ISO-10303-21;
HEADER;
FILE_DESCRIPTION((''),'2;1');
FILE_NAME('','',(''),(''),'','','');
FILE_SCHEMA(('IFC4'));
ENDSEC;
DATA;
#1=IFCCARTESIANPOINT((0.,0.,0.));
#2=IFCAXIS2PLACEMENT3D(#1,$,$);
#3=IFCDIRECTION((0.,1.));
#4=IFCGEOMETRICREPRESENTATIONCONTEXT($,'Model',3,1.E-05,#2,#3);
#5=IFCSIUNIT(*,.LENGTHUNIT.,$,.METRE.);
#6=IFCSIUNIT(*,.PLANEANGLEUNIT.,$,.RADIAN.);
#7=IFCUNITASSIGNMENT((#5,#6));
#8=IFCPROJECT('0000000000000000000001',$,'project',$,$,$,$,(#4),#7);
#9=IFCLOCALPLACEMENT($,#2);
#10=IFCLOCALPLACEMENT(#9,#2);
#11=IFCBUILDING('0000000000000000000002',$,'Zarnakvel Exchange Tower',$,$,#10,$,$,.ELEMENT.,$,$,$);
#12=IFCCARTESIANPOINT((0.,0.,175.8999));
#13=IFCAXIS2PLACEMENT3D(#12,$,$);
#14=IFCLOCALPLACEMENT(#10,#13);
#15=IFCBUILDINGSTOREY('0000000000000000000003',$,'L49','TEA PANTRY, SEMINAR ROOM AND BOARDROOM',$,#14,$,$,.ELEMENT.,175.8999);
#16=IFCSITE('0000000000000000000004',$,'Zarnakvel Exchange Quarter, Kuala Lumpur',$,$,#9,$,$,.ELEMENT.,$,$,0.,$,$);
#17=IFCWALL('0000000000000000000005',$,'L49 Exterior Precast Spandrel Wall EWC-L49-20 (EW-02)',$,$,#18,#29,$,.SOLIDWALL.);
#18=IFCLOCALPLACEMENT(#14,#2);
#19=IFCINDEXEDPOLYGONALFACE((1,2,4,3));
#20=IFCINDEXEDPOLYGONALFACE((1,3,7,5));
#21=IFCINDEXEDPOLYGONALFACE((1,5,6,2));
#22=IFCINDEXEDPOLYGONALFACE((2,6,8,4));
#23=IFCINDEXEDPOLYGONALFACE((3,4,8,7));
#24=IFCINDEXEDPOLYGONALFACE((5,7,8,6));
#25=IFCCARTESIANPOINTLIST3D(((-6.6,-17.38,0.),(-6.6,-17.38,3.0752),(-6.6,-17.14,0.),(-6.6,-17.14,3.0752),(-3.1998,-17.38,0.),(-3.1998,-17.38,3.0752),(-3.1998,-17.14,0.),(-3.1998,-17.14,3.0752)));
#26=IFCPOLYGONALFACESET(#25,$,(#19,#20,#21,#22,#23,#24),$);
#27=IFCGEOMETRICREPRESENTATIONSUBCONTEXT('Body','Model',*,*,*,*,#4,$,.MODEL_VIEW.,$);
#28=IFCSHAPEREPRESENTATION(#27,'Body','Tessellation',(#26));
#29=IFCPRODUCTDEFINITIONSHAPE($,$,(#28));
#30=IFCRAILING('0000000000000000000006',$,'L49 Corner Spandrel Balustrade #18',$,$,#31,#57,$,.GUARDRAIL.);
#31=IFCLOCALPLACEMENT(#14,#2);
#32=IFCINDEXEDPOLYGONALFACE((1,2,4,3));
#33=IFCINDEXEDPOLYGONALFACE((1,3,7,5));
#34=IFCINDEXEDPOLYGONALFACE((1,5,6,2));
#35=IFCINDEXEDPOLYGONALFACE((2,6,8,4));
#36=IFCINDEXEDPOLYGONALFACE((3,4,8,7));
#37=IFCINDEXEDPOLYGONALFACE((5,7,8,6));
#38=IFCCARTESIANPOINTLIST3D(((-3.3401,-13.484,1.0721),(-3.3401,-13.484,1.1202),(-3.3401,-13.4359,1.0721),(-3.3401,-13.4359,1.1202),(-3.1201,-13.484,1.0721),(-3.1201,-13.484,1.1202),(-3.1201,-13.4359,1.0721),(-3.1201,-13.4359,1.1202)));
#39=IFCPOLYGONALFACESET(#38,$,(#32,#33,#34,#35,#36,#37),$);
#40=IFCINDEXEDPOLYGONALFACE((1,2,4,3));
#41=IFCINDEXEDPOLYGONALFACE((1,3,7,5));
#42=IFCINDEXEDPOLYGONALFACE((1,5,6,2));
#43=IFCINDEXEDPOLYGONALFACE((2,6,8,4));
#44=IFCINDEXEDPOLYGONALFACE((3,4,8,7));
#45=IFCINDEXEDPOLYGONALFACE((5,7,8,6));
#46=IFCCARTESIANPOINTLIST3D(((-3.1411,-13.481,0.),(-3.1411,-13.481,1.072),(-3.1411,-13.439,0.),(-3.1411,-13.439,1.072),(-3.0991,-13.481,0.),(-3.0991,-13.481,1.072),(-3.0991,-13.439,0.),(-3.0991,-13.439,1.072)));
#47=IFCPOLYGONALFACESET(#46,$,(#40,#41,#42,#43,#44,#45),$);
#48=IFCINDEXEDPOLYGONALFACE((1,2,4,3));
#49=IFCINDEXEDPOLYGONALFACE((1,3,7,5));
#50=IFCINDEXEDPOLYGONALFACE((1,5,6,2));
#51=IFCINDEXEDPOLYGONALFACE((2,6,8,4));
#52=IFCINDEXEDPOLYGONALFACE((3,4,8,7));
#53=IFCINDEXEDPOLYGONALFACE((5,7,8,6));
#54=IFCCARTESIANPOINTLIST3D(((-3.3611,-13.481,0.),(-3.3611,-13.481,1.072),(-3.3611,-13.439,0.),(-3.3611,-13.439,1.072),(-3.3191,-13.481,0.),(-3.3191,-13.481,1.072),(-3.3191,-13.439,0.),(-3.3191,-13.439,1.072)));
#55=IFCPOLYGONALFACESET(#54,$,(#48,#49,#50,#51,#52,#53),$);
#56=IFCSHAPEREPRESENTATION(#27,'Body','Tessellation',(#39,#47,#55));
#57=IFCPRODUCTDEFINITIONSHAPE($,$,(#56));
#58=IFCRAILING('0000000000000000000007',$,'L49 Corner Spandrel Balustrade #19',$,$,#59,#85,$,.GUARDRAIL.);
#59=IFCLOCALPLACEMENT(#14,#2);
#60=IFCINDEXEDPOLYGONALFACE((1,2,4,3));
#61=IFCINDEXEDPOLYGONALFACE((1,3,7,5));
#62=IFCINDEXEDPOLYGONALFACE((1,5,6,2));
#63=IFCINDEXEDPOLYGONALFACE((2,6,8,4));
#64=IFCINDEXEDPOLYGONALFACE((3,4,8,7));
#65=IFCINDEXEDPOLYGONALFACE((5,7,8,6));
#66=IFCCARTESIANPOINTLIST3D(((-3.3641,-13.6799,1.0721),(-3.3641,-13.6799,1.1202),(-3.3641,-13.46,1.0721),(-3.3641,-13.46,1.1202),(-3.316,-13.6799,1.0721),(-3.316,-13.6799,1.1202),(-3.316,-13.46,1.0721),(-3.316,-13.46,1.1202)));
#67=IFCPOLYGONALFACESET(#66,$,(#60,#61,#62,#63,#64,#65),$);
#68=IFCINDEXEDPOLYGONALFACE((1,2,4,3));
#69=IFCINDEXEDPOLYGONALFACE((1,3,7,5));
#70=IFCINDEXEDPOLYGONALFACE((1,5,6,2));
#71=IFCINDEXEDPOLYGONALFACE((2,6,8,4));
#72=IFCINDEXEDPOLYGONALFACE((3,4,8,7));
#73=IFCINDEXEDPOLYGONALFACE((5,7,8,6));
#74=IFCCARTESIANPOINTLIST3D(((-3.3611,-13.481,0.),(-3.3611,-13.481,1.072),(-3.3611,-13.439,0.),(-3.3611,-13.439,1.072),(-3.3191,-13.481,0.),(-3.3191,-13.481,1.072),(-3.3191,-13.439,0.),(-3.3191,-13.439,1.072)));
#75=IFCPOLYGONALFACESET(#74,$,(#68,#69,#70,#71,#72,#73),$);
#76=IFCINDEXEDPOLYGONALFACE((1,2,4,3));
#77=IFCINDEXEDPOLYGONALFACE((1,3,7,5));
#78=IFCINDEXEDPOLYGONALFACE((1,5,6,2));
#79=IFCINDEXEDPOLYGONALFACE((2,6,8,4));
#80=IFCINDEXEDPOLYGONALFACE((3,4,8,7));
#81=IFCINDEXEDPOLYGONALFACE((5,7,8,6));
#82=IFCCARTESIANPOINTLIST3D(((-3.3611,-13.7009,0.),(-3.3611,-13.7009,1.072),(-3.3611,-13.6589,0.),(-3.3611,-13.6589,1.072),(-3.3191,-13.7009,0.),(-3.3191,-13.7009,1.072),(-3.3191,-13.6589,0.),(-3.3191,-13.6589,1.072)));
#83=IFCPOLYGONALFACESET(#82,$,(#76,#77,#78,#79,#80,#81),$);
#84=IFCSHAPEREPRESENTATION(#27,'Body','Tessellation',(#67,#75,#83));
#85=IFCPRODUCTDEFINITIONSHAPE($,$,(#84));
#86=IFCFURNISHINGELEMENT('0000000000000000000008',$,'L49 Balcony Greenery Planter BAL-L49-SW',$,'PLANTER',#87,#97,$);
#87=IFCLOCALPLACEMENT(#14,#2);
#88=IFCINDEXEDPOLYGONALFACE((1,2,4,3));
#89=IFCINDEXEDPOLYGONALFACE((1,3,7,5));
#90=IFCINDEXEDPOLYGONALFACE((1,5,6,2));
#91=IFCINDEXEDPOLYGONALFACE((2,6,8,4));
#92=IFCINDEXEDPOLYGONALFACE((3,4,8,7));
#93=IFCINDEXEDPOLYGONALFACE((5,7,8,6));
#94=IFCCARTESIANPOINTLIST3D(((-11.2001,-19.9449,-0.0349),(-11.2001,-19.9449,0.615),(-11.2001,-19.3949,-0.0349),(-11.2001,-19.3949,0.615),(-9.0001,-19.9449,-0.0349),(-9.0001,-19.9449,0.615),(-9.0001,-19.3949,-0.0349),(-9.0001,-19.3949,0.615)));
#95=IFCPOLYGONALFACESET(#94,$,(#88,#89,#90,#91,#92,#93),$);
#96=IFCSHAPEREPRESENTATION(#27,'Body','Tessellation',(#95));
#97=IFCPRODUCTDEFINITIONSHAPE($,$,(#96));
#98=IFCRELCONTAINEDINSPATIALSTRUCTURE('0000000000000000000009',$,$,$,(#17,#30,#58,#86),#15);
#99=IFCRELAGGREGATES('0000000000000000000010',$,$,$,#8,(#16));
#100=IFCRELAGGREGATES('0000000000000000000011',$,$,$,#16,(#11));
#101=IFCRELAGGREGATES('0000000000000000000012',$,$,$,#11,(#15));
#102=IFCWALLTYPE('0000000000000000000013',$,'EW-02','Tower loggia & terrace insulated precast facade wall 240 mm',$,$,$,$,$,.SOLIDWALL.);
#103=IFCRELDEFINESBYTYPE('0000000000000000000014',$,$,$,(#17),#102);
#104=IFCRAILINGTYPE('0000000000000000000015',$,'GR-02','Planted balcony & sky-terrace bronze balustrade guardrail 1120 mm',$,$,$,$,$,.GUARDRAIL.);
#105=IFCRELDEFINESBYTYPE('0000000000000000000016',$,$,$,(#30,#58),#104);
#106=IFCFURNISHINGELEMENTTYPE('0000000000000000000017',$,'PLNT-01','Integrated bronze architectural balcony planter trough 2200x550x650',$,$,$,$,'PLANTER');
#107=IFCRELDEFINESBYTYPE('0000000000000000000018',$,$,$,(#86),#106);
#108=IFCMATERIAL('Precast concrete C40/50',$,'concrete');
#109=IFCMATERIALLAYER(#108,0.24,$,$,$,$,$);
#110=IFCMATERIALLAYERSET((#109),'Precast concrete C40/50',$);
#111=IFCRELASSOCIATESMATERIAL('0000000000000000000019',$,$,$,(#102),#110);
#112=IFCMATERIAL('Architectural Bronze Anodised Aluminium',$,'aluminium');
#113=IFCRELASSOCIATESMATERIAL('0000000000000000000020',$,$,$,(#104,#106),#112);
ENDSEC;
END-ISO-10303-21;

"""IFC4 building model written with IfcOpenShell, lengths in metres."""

from ifc_helpers import new_model, si_unit, direction, frame, frame_2d, origin, origin_2d, place, context, subcontext, project, spatial, rectangle, extrude, source, transform, mapped, material, layer, layer_set, type_object, element, save


model = new_model("IFC4")

# Units and contexts
model_context = context("Model", 3, precision=1e-05, world=origin(), true_north=direction((0.0, 1.0)))
body_context = subcontext(model_context, "Body", "Model", "MODEL_VIEW")
ifc_project = project(units=[si_unit("LENGTHUNIT", "METRE"), si_unit("PLANEANGLEUNIT", "RADIAN")], contexts=[model_context])

# Site, building, storey
site_placement = place(None, origin())
site = spatial("IfcSite", under=ifc_project, at=site_placement, Name="Zarnakvel Exchange Quarter, Kuala Lumpur", CompositionType="ELEMENT", RefElevation=0.0)
building_placement = place(site_placement, origin())
building = spatial("IfcBuilding", under=site, at=building_placement, Name="Zarnakvel Exchange Tower", CompositionType="ELEMENT")
storey_placement = place(building_placement, frame((0.0, 0.0, 175.8999)))
storey = spatial("IfcBuildingStorey", under=building, at=storey_placement, Name="L49", Description="TEA PANTRY, SEMINAR ROOM AND BOARDROOM", CompositionType="ELEMENT", Elevation=175.8999)

# Shared definitions
ifc_material_1 = material(Name="Architectural Bronze Anodised Aluminium", Category="aluminium")

# Shared definitions
ifc_material_2 = material(Name="Precast concrete C40/50", Category="concrete")
ifc_layer_1 = layer(ifc_material_2, 0.24)
ifc_layer_set_1 = layer_set([ifc_layer_1], Name="Precast concrete C40/50")
wall_type = type_object("IfcWallType", Name="EW-02", Description="Tower loggia & terrace insulated precast facade wall 240 mm", PredefinedType="SOLIDWALL", material=ifc_layer_set_1)

# Wall
wall_1_placement = place(storey_placement, frame((-6.6001, -17.26, 0.0), z_axis=(0.0, 0.0, 1.0), x_axis=(1.0, 0.0, 0.0)))
element("IfcWall", 1, at=wall_1_placement, inside=storey, type_object=wall_type, Name="L49 Exterior Precast Spandrel Wall EWC-L49-20 (EW-02)", PredefinedType="SOLIDWALL", context=body_context, shape_type="SweptSolid", body=[
    extrude(rectangle(XDim=3.4001, YDim=0.24, at=frame_2d((1.7002, 0.0))), origin(), (0.0, 0.0, 1.0), 3.0752),
])

# Railings
railing_type = type_object("IfcRailingType", Name="GR-02", Description="Planted balcony & sky-terrace bronze balustrade guardrail 1120 mm", PredefinedType="GUARDRAIL", material=ifc_material_1)
railing_1_placement = place(storey_placement, frame((-3.1201, -13.46, 0.0)))
element("IfcRailing", 2, at=railing_1_placement, inside=storey, type_object=railing_type, Name="L49 Corner Spandrel Balustrade #18", PredefinedType="GUARDRAIL", context=body_context, shape_type="SweptSolid", body=[
    extrude(rectangle(XDim=0.0481, YDim=0.0481, at=origin_2d()), frame((0.0, 0.0, 1.0962), z_axis=(-1.0, 0.0, 0.0), x_axis=(0.0, -1.0, 0.0)), (0.0, 0.0, 1.0), 0.22),
    extrude(rectangle(XDim=0.042, YDim=0.042, at=origin_2d()), origin(), (0.0, 0.0, 1.0), 1.072),
    extrude(rectangle(XDim=0.042, YDim=0.042, at=origin_2d()), frame((-0.22, 0.0, 0.0)), (0.0, 0.0, 1.0), 1.072),
])
railing_2_placement = place(storey_placement, frame((-3.3401, -13.46, 0.0)))
element("IfcRailing", 3, at=railing_2_placement, inside=storey, type_object=railing_type, Name="L49 Corner Spandrel Balustrade #19", PredefinedType="GUARDRAIL", context=body_context, shape_type="SweptSolid", body=[
    extrude(rectangle(XDim=0.0481, YDim=0.0481, at=origin_2d()), frame((0.0, 0.0, 1.0962), z_axis=(0.0, -1.0, 0.0), x_axis=(1.0, 0.0, 0.0)), (0.0, 0.0, 1.0), 0.22),
    extrude(rectangle(XDim=0.042, YDim=0.042, at=origin_2d()), origin(), (0.0, 0.0, 1.0), 1.072),
    extrude(rectangle(XDim=0.042, YDim=0.042, at=origin_2d()), frame((0.0, -0.22, 0.0)), (0.0, 0.0, 1.0), 1.072),
])

# Furnishing element
furnishing_element_type = type_object("IfcFurnishingElementType", Name="PLNT-01", Description="Integrated bronze architectural balcony planter trough 2200x550x650", ElementType="PLANTER", material=ifc_material_1)
shared_shape_1 = source(origin(), body_context, "Body", "SweptSolid", [
    extrude(rectangle(XDim=2.2, YDim=0.55, at=origin_2d()), origin(), (0.0, 0.0, 1.0), 0.6499),
])
furnishing_placement = place(storey_placement, frame((-10.1001, -19.6699, -0.0349), z_axis=(0.0, 0.0, 1.0), x_axis=(1.0, 0.0, 0.0)))
element("IfcFurnishingElement", 4, at=furnishing_placement, inside=storey, type_object=furnishing_element_type, Name="L49 Balcony Greenery Planter BAL-L49-SW", ObjectType="PLANTER", context=body_context, shape_type="MappedRepresentation", body=[
    mapped(shared_shape_1, transform((0.0, 0.0, 0.0), x_axis=(1.0, 0.0, 0.0), y_axis=(0.0, 1.0, 0.0), z_axis=(0.0, 0.0, 1.0), scale=1.0)),
])

save(model, "model.ifc")
